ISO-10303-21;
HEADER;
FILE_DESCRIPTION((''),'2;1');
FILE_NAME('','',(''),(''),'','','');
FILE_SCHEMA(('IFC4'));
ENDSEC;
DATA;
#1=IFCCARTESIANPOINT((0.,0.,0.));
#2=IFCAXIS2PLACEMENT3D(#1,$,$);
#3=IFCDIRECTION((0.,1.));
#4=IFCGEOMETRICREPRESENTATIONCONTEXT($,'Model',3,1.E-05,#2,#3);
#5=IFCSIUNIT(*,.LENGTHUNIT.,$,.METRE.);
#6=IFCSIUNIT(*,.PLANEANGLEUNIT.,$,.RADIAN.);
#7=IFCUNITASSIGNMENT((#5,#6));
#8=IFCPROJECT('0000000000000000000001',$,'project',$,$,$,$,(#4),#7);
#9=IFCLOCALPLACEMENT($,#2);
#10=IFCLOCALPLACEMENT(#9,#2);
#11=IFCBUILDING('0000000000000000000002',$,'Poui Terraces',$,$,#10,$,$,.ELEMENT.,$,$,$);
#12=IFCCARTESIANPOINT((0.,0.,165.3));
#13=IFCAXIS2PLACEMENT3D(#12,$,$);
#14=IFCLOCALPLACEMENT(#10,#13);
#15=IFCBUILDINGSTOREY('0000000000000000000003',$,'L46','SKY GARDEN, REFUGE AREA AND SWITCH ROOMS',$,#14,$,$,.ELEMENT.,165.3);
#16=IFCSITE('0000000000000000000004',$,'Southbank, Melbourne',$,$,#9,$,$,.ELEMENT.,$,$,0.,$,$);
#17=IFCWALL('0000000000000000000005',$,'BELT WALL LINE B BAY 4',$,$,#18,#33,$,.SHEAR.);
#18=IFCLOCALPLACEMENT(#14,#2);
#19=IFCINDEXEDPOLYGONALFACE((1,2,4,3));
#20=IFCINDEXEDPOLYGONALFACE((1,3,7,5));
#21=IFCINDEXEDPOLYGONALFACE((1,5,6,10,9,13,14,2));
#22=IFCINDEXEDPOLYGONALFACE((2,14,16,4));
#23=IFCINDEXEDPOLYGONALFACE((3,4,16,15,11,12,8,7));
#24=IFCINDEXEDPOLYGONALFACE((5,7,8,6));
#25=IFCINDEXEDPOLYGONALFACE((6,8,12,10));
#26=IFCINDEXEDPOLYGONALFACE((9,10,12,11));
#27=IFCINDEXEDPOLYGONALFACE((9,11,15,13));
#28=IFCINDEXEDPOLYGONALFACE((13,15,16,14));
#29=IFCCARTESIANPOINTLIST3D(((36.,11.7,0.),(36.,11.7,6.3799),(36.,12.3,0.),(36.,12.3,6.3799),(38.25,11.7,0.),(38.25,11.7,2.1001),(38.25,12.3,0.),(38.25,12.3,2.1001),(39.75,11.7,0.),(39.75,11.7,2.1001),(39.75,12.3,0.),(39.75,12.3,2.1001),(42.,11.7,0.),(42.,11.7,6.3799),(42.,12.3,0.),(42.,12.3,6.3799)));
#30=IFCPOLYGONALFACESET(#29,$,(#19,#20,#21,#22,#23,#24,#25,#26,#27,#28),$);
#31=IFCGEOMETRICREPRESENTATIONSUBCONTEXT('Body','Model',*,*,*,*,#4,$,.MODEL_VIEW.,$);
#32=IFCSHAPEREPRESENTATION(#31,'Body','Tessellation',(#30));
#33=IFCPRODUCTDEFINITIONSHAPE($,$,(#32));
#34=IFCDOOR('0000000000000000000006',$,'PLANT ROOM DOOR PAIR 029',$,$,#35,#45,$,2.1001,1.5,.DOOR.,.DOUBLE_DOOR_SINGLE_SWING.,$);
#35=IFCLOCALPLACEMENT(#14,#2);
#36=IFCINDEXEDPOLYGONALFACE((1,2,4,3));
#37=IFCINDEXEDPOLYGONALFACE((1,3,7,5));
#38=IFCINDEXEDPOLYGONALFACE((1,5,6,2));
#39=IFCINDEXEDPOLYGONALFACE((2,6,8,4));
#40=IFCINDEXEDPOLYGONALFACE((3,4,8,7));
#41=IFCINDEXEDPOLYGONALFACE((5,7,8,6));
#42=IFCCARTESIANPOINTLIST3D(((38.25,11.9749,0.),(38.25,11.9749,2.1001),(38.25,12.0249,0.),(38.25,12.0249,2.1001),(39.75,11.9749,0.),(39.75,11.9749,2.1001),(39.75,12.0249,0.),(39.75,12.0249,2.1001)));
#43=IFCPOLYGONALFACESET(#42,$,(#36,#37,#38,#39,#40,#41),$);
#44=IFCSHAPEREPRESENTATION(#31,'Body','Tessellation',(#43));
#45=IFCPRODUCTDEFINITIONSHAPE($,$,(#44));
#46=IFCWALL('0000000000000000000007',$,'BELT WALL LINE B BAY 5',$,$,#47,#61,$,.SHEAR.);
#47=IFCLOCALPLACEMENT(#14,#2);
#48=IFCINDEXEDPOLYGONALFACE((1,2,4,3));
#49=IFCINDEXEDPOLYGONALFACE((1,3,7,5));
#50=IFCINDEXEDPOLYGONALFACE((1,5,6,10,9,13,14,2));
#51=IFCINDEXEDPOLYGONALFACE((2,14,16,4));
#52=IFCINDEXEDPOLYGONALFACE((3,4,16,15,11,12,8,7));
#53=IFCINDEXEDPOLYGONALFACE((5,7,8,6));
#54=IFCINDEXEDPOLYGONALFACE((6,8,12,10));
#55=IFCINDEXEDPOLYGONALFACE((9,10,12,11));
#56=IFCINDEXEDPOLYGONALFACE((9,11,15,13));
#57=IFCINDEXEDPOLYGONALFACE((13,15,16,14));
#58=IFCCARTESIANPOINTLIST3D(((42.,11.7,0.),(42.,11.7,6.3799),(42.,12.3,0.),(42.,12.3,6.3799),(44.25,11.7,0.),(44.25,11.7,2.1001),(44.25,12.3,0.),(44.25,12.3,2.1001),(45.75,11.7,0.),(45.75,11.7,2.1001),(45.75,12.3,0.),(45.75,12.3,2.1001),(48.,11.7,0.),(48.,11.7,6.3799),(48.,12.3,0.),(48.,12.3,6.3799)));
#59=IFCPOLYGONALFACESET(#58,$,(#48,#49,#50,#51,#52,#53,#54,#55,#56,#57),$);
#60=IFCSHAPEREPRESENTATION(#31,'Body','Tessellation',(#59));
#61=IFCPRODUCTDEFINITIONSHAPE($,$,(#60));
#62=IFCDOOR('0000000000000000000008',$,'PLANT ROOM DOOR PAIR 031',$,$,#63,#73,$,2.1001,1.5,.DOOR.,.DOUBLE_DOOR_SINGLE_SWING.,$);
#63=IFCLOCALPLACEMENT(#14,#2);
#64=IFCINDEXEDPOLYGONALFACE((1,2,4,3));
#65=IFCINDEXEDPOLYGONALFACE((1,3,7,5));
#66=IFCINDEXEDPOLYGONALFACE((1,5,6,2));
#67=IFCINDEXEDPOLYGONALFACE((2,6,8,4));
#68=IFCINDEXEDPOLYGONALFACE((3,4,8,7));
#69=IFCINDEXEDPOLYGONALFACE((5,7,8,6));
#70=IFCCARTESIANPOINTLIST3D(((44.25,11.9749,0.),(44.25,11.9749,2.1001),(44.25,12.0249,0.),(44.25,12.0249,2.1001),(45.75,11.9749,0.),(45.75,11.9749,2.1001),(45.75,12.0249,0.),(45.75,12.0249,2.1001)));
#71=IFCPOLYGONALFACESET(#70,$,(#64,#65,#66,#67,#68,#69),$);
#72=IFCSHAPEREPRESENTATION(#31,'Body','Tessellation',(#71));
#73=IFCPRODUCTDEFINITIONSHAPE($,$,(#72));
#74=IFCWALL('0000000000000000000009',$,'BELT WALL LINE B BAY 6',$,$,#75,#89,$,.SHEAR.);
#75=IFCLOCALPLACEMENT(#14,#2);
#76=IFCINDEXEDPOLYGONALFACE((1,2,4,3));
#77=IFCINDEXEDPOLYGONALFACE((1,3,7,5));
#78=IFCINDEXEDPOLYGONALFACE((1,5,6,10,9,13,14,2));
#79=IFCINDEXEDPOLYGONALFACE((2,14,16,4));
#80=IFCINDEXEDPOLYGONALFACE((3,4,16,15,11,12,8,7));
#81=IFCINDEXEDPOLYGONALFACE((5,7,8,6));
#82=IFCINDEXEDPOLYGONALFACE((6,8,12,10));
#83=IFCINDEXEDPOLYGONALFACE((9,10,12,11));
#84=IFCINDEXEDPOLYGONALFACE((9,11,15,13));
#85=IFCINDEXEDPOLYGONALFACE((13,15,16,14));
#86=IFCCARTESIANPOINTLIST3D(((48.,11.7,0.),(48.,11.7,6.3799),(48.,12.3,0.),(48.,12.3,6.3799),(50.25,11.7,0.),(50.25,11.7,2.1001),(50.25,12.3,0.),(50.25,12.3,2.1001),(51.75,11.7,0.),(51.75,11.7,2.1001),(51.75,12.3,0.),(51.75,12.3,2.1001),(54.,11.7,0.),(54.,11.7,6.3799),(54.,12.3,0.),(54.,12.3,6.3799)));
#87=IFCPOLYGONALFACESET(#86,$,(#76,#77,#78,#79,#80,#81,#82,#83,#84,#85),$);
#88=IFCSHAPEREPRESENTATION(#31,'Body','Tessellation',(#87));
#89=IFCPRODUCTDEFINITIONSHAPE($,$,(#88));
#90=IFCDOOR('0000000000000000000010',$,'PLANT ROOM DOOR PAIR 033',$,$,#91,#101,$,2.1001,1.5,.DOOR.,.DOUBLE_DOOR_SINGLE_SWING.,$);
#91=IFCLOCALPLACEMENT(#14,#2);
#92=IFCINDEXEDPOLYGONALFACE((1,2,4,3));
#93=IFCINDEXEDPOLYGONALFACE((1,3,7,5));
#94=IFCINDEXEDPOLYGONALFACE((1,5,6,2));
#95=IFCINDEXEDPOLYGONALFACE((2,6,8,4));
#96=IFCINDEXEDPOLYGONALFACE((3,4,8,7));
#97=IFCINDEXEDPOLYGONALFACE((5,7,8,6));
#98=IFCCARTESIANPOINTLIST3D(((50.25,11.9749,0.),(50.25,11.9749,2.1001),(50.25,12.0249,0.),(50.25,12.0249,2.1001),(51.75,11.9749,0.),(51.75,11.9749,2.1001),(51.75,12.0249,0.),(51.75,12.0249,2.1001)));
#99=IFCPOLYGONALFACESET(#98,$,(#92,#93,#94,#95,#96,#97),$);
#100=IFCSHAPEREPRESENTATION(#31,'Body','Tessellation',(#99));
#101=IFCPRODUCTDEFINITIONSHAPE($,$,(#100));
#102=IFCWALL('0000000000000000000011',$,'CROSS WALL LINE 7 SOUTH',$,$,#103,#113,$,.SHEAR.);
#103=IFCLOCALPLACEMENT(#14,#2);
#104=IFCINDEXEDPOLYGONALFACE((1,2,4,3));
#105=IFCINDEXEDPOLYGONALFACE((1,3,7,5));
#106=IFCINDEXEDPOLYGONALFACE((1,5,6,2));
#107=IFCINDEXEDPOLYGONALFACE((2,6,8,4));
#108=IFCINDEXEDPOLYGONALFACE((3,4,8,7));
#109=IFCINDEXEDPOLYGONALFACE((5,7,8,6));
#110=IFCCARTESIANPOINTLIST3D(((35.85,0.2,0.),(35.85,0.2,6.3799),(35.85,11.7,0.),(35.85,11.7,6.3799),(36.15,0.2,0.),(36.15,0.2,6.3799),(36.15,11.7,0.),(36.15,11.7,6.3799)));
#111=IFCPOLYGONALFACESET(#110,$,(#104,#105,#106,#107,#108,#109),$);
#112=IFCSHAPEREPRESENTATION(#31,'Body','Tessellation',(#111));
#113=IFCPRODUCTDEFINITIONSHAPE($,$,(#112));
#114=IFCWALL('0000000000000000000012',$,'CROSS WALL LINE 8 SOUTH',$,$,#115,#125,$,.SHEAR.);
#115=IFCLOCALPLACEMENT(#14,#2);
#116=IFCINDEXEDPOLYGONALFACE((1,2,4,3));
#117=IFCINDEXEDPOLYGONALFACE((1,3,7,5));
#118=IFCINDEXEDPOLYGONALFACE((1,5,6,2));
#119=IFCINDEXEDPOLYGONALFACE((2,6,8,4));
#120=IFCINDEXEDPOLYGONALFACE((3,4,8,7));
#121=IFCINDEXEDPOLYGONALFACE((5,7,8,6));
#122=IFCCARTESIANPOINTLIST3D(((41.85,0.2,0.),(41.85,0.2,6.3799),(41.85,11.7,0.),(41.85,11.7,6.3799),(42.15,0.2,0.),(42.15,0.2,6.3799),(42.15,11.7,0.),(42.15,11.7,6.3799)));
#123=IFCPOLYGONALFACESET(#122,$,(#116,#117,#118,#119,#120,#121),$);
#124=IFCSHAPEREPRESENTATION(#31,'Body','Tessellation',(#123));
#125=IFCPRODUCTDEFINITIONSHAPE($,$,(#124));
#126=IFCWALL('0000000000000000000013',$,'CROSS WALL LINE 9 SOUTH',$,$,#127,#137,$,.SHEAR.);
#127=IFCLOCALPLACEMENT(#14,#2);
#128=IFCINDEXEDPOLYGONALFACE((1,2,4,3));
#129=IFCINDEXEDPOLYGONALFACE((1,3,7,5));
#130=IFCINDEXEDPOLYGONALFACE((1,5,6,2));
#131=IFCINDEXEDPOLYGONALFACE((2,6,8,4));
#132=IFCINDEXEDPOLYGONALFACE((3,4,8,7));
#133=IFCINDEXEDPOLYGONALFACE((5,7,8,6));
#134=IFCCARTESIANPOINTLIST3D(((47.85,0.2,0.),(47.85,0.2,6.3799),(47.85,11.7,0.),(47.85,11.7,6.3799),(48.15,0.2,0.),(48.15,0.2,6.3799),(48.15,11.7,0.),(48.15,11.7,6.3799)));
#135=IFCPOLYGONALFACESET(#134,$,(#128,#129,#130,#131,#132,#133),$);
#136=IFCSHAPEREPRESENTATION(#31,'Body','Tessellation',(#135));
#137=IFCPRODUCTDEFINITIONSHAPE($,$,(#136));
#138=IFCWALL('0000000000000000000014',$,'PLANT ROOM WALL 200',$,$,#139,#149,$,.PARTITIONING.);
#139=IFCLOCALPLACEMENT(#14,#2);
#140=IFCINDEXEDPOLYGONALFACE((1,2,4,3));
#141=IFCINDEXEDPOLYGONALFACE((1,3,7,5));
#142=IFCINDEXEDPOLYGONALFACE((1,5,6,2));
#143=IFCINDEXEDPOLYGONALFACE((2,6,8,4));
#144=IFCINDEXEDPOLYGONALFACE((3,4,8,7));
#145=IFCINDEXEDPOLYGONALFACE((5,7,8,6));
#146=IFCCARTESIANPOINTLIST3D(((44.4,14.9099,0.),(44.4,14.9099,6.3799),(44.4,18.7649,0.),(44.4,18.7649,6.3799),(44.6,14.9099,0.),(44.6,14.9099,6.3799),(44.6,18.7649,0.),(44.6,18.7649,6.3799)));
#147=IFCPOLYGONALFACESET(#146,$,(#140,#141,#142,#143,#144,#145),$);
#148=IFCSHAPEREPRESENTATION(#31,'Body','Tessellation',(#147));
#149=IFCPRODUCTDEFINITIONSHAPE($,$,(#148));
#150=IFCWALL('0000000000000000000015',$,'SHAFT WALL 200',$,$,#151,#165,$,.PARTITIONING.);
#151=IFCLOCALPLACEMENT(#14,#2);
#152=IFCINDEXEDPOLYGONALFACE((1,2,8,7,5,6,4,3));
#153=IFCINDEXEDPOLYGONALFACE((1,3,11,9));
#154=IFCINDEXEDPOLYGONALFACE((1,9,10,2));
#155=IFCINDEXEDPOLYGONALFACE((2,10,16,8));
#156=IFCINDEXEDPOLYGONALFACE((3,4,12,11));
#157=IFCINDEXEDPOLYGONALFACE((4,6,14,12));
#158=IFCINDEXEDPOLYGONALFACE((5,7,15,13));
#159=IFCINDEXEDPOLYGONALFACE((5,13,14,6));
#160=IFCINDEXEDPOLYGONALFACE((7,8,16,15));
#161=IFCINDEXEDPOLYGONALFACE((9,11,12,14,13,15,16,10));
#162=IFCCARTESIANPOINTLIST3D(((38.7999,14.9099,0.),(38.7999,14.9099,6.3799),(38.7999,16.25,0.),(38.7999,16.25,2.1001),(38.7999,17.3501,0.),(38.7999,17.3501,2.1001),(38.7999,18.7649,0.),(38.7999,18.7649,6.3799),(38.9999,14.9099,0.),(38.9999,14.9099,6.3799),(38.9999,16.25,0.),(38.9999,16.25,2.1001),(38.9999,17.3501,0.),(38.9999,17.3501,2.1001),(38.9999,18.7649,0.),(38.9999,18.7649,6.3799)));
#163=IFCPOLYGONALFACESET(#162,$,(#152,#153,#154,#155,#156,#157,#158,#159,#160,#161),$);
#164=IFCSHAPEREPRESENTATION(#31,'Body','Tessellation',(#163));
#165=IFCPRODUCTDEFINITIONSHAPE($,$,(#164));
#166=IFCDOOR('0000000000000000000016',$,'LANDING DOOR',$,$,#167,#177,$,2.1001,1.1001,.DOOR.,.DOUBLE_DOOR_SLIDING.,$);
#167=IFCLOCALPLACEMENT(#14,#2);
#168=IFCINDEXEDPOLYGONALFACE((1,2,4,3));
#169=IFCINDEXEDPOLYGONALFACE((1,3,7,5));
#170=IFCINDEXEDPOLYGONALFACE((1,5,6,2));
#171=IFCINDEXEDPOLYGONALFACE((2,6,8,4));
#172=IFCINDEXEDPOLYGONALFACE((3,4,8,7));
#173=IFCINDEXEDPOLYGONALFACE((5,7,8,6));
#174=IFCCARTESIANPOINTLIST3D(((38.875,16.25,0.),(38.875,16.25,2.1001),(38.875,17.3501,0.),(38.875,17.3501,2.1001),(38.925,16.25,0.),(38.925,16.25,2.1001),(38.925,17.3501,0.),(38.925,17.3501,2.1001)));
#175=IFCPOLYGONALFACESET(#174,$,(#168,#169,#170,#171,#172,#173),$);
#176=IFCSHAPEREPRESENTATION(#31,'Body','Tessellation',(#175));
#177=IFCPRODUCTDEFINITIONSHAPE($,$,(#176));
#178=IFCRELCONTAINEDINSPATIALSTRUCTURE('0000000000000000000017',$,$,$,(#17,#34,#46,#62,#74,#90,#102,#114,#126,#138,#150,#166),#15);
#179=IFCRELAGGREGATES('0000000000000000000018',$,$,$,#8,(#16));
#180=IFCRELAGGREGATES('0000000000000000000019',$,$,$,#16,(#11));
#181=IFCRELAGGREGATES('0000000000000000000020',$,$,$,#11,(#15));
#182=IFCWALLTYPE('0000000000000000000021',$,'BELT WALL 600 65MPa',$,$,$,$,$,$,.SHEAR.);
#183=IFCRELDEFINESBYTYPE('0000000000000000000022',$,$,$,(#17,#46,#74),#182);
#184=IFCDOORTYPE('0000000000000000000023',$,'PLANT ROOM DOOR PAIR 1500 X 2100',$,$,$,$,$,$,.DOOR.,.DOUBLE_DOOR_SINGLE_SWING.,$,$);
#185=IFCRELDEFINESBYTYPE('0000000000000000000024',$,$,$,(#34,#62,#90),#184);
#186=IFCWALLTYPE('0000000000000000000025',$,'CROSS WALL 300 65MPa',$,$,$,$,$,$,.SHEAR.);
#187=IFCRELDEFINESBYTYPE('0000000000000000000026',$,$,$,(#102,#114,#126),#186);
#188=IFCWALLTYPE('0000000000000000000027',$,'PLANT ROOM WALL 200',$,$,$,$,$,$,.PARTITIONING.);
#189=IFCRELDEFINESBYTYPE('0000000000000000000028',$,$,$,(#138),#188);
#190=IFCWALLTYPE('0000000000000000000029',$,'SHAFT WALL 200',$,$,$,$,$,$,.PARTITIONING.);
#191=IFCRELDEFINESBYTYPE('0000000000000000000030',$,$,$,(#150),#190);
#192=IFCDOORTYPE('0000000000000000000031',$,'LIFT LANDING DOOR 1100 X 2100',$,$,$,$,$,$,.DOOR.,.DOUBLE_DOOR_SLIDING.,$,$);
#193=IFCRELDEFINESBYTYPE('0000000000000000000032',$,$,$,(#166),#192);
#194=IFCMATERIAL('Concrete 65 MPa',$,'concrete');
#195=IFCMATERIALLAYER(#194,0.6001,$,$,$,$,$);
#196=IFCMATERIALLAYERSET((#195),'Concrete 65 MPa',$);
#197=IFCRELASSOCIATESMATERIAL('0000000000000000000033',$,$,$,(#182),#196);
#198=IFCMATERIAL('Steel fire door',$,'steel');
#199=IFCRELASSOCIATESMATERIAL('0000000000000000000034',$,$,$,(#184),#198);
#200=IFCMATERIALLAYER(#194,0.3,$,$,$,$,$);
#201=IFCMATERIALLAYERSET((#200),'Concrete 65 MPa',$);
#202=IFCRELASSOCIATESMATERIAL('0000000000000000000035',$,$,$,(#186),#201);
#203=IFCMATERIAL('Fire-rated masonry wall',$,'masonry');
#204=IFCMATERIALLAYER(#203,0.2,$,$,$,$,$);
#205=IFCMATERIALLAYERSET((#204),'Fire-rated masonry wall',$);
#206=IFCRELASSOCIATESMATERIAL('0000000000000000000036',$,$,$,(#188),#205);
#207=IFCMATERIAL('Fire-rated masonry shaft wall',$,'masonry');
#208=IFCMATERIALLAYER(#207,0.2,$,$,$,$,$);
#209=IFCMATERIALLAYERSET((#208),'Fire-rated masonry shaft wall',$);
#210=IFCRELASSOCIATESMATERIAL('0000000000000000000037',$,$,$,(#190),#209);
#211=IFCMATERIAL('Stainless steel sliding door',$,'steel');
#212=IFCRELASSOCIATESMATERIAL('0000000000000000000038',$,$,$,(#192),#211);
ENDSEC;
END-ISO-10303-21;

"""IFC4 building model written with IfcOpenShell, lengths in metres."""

from ifc_helpers import new_model, si_unit, direction, frame, frame_2d, origin, place, context, subcontext, project, spatial, rectangle, extrude, material, layer, layer_set, type_object, element, fill, save


model = new_model("IFC4")

# Units and contexts
model_context = context("Model", 3, precision=1e-05, world=origin(), true_north=direction((0.0, 1.0)))
body_context = subcontext(model_context, "Body", "Model", "MODEL_VIEW")
ifc_project = project(units=[si_unit("LENGTHUNIT", "METRE"), si_unit("PLANEANGLEUNIT", "RADIAN")], contexts=[model_context])

# Site, building, storey
site_placement = place(None, origin())
site = spatial("IfcSite", under=ifc_project, at=site_placement, Name="Southbank, Melbourne", CompositionType="ELEMENT", RefElevation=0.0)
building_placement = place(site_placement, origin())
building = spatial("IfcBuilding", under=site, at=building_placement, Name="Poui Terraces", CompositionType="ELEMENT")
storey_placement = place(building_placement, frame((0.0, 0.0, 165.3)))
storey = spatial("IfcBuildingStorey", under=building, at=storey_placement, Name="L46", Description="SKY GARDEN, REFUGE AREA AND SWITCH ROOMS", CompositionType="ELEMENT", Elevation=165.3)

# Walls, openings, doors
ifc_material_1 = material(Name="Concrete 65 MPa", Category="concrete")
ifc_layer_1 = layer(ifc_material_1, 0.6001)
ifc_layer_set_1 = layer_set([ifc_layer_1], Name="Concrete 65 MPa")
wall_type_1 = type_object("IfcWallType", Name="BELT WALL 600 65MPa", PredefinedType="SHEAR", material=ifc_layer_set_1)
wall_1_placement = place(storey_placement, frame((36.0, 12.0, 0.0), z_axis=(0.0, 0.0, 1.0), x_axis=(1.0, 0.0, 0.0)))
wall_1 = element("IfcWall", 1, at=wall_1_placement, inside=storey, type_object=wall_type_1, Name="BELT WALL LINE B BAY 4", PredefinedType="SHEAR", context=body_context, shape_type="SweptSolid", body=[
    extrude(rectangle(XDim=6.0, YDim=0.6001, at=frame_2d((3.0, 0.0))), origin(), (0.0, 0.0, 1.0), 6.3799),
])
opening_1_placement = place(wall_1_placement, frame((2.25, 0.0, 0.0)))
opening_1 = element("IfcOpeningElement", 2, at=opening_1_placement, cuts=wall_1, PredefinedType="OPENING", context=body_context, shape_type="SweptSolid", body=[
    extrude(rectangle(XDim=1.5, YDim=2.1001, at=frame_2d((0.75, 1.05))), frame((0.0, 0.3101, 0.0), z_axis=(0.0, -1.0, 0.0), x_axis=(1.0, 0.0, 0.0)), (0.0, 0.0, 1.0), 0.6201),
])
ifc_material_2 = material(Name="Steel fire door", Category="steel")
door_type_1 = type_object("IfcDoorType", Name="PLANT ROOM DOOR PAIR 1500 X 2100", OperationType="DOUBLE_DOOR_SINGLE_SWING", PredefinedType="DOOR", material=ifc_material_2)
door_1_placement = place(opening_1_placement, origin())
door_1 = element("IfcDoor", 3, at=door_1_placement, inside=storey, type_object=door_type_1, Name="PLANT ROOM DOOR PAIR 029", OperationType="DOUBLE_DOOR_SINGLE_SWING", OverallHeight=2.1001, OverallWidth=1.5, PredefinedType="DOOR", context=body_context, shape_type="SweptSolid", body=[
    extrude(rectangle(XDim=1.5, YDim=2.1001, at=frame_2d((0.75, 1.05))), frame((0.0, 0.0249, 0.0), z_axis=(0.0, -1.0, 0.0), x_axis=(1.0, 0.0, 0.0)), (0.0, 0.0, 1.0), 0.05),
])
fill(opening_1, door_1)
wall_2_placement = place(storey_placement, frame((42.0, 12.0, 0.0), z_axis=(0.0, 0.0, 1.0), x_axis=(1.0, 0.0, 0.0)))
wall_2 = element("IfcWall", 4, at=wall_2_placement, inside=storey, type_object=wall_type_1, Name="BELT WALL LINE B BAY 5", PredefinedType="SHEAR", context=body_context, shape_type="SweptSolid", body=[
    extrude(rectangle(XDim=6.0, YDim=0.6001, at=frame_2d((3.0, 0.0))), origin(), (0.0, 0.0, 1.0), 6.3799),
])
opening_2_placement = place(wall_2_placement, frame((2.25, 0.0, 0.0)))
opening_2 = element("IfcOpeningElement", 5, at=opening_2_placement, cuts=wall_2, PredefinedType="OPENING", context=body_context, shape_type="SweptSolid", body=[
    extrude(rectangle(XDim=1.5, YDim=2.1001, at=frame_2d((0.75, 1.05))), frame((0.0, 0.3101, 0.0), z_axis=(0.0, -1.0, 0.0), x_axis=(1.0, 0.0, 0.0)), (0.0, 0.0, 1.0), 0.6201),
])
door_2_placement = place(opening_2_placement, origin())
door_2 = element("IfcDoor", 6, at=door_2_placement, inside=storey, type_object=door_type_1, Name="PLANT ROOM DOOR PAIR 031", OperationType="DOUBLE_DOOR_SINGLE_SWING", OverallHeight=2.1001, OverallWidth=1.5, PredefinedType="DOOR", context=body_context, shape_type="SweptSolid", body=[
    extrude(rectangle(XDim=1.5, YDim=2.1001, at=frame_2d((0.75, 1.05))), frame((0.0, 0.0249, 0.0), z_axis=(0.0, -1.0, 0.0), x_axis=(1.0, 0.0, 0.0)), (0.0, 0.0, 1.0), 0.05),
])
fill(opening_2, door_2)
wall_3_placement = place(storey_placement, frame((48.0, 12.0, 0.0), z_axis=(0.0, 0.0, 1.0), x_axis=(1.0, 0.0, 0.0)))
wall_3 = element("IfcWall", 7, at=wall_3_placement, inside=storey, type_object=wall_type_1, Name="BELT WALL LINE B BAY 6", PredefinedType="SHEAR", context=body_context, shape_type="SweptSolid", body=[
    extrude(rectangle(XDim=6.0, YDim=0.6001, at=frame_2d((3.0, 0.0))), origin(), (0.0, 0.0, 1.0), 6.3799),
])
opening_3_placement = place(wall_3_placement, frame((2.25, 0.0, 0.0)))
opening_3 = element("IfcOpeningElement", 8, at=opening_3_placement, cuts=wall_3, PredefinedType="OPENING", context=body_context, shape_type="SweptSolid", body=[
    extrude(rectangle(XDim=1.5, YDim=2.1001, at=frame_2d((0.75, 1.05))), frame((0.0, 0.3101, 0.0), z_axis=(0.0, -1.0, 0.0), x_axis=(1.0, 0.0, 0.0)), (0.0, 0.0, 1.0), 0.6201),
])
door_3_placement = place(opening_3_placement, origin())
door_3 = element("IfcDoor", 9, at=door_3_placement, inside=storey, type_object=door_type_1, Name="PLANT ROOM DOOR PAIR 033", OperationType="DOUBLE_DOOR_SINGLE_SWING", OverallHeight=2.1001, OverallWidth=1.5, PredefinedType="DOOR", context=body_context, shape_type="SweptSolid", body=[
    extrude(rectangle(XDim=1.5, YDim=2.1001, at=frame_2d((0.75, 1.05))), frame((0.0, 0.0249, 0.0), z_axis=(0.0, -1.0, 0.0), x_axis=(1.0, 0.0, 0.0)), (0.0, 0.0, 1.0), 0.05),
])
fill(opening_3, door_3)

# Walls
ifc_layer_2 = layer(ifc_material_1, 0.3)
ifc_layer_set_2 = layer_set([ifc_layer_2], Name="Concrete 65 MPa")
wall_type_2 = type_object("IfcWallType", Name="CROSS WALL 300 65MPa", PredefinedType="SHEAR", material=ifc_layer_set_2)
for number, where, z_axis, x_axis, name in (
    (10, (36.0, 0.2, 0.0), (0.0, 0.0, 1.0), (0.0, 1.0, 0.0), "CROSS WALL LINE 7 SOUTH"),
    (11, (42.0, 0.2, 0.0), (0.0, 0.0, 1.0), (0.0, 1.0, 0.0), "CROSS WALL LINE 8 SOUTH"),
    (12, (48.0, 0.2, 0.0), (0.0, 0.0, 1.0), (0.0, 1.0, 0.0), "CROSS WALL LINE 9 SOUTH"),
):
    element("IfcWall", number, at=place(storey_placement, frame(where, z_axis=z_axis, x_axis=x_axis)), inside=storey, type_object=wall_type_2, Name=name, PredefinedType="SHEAR", context=body_context, shape_type="SweptSolid", body=[
        extrude(rectangle(XDim=11.5, YDim=0.3, at=frame_2d((5.75, 0.0))), origin(), (0.0, 0.0, 1.0), 6.3799),
    ])
ifc_material_3 = material(Name="Fire-rated masonry wall", Category="masonry")
ifc_layer_3 = layer(ifc_material_3, 0.2)
ifc_layer_set_3 = layer_set([ifc_layer_3], Name="Fire-rated masonry wall")
wall_type_3 = type_object("IfcWallType", Name="PLANT ROOM WALL 200", PredefinedType="PARTITIONING", material=ifc_layer_set_3)
wall_4_placement = place(storey_placement, frame((44.5, 14.9099, 0.0), z_axis=(0.0, 0.0, 1.0), x_axis=(0.0, 1.0, 0.0)))
element("IfcWall", 13, at=wall_4_placement, inside=storey, type_object=wall_type_3, Name="PLANT ROOM WALL 200", PredefinedType="PARTITIONING", context=body_context, shape_type="SweptSolid", body=[
    extrude(rectangle(XDim=3.855, YDim=0.2, at=frame_2d((1.9275, 0.0))), origin(), (0.0, 0.0, 1.0), 6.3799),
])

# Wall, opening, door
ifc_material_4 = material(Name="Fire-rated masonry shaft wall", Category="masonry")
ifc_layer_4 = layer(ifc_material_4, 0.2)
ifc_layer_set_4 = layer_set([ifc_layer_4], Name="Fire-rated masonry shaft wall")
wall_type_4 = type_object("IfcWallType", Name="SHAFT WALL 200", PredefinedType="PARTITIONING", material=ifc_layer_set_4)
wall_5_placement = place(storey_placement, frame((38.8999, 14.9099, 0.0), z_axis=(0.0, 0.0, 1.0), x_axis=(0.0, 1.0, 0.0)))
wall_5 = element("IfcWall", 14, at=wall_5_placement, inside=storey, type_object=wall_type_4, Name="SHAFT WALL 200", PredefinedType="PARTITIONING", context=body_context, shape_type="SweptSolid", body=[
    extrude(rectangle(XDim=3.855, YDim=0.2, at=frame_2d((1.9275, 0.0))), origin(), (0.0, 0.0, 1.0), 6.3799),
])
opening_4_placement = place(wall_5_placement, frame((1.3401, 0.0, 0.0)))
opening_4 = element("IfcOpeningElement", 15, at=opening_4_placement, cuts=wall_5, PredefinedType="OPENING", context=body_context, shape_type="SweptSolid", body=[
    extrude(rectangle(XDim=1.1001, YDim=2.1001, at=frame_2d((0.55, 1.05))), frame((0.0, 0.1099, 0.0), z_axis=(0.0, -1.0, 0.0), x_axis=(1.0, 0.0, 0.0)), (0.0, 0.0, 1.0), 0.22),
])
ifc_material_5 = material(Name="Stainless steel sliding door", Category="steel")
door_type_2 = type_object("IfcDoorType", Name="LIFT LANDING DOOR 1100 X 2100", OperationType="DOUBLE_DOOR_SLIDING", PredefinedType="DOOR", material=ifc_material_5)
door_4_placement = place(opening_4_placement, origin())
door_4 = element("IfcDoor", 16, at=door_4_placement, inside=storey, type_object=door_type_2, Name="LANDING DOOR", OperationType="DOUBLE_DOOR_SLIDING", OverallHeight=2.1001, OverallWidth=1.1001, PredefinedType="DOOR", context=body_context, shape_type="SweptSolid", body=[
    extrude(rectangle(XDim=1.1001, YDim=2.1001, at=frame_2d((0.55, 1.05))), frame((0.0, 0.0249, 0.0), z_axis=(0.0, -1.0, 0.0), x_axis=(1.0, 0.0, 0.0)), (0.0, 0.0, 1.0), 0.05),
])
fill(opening_4, door_4)

save(model, "model.ifc")
